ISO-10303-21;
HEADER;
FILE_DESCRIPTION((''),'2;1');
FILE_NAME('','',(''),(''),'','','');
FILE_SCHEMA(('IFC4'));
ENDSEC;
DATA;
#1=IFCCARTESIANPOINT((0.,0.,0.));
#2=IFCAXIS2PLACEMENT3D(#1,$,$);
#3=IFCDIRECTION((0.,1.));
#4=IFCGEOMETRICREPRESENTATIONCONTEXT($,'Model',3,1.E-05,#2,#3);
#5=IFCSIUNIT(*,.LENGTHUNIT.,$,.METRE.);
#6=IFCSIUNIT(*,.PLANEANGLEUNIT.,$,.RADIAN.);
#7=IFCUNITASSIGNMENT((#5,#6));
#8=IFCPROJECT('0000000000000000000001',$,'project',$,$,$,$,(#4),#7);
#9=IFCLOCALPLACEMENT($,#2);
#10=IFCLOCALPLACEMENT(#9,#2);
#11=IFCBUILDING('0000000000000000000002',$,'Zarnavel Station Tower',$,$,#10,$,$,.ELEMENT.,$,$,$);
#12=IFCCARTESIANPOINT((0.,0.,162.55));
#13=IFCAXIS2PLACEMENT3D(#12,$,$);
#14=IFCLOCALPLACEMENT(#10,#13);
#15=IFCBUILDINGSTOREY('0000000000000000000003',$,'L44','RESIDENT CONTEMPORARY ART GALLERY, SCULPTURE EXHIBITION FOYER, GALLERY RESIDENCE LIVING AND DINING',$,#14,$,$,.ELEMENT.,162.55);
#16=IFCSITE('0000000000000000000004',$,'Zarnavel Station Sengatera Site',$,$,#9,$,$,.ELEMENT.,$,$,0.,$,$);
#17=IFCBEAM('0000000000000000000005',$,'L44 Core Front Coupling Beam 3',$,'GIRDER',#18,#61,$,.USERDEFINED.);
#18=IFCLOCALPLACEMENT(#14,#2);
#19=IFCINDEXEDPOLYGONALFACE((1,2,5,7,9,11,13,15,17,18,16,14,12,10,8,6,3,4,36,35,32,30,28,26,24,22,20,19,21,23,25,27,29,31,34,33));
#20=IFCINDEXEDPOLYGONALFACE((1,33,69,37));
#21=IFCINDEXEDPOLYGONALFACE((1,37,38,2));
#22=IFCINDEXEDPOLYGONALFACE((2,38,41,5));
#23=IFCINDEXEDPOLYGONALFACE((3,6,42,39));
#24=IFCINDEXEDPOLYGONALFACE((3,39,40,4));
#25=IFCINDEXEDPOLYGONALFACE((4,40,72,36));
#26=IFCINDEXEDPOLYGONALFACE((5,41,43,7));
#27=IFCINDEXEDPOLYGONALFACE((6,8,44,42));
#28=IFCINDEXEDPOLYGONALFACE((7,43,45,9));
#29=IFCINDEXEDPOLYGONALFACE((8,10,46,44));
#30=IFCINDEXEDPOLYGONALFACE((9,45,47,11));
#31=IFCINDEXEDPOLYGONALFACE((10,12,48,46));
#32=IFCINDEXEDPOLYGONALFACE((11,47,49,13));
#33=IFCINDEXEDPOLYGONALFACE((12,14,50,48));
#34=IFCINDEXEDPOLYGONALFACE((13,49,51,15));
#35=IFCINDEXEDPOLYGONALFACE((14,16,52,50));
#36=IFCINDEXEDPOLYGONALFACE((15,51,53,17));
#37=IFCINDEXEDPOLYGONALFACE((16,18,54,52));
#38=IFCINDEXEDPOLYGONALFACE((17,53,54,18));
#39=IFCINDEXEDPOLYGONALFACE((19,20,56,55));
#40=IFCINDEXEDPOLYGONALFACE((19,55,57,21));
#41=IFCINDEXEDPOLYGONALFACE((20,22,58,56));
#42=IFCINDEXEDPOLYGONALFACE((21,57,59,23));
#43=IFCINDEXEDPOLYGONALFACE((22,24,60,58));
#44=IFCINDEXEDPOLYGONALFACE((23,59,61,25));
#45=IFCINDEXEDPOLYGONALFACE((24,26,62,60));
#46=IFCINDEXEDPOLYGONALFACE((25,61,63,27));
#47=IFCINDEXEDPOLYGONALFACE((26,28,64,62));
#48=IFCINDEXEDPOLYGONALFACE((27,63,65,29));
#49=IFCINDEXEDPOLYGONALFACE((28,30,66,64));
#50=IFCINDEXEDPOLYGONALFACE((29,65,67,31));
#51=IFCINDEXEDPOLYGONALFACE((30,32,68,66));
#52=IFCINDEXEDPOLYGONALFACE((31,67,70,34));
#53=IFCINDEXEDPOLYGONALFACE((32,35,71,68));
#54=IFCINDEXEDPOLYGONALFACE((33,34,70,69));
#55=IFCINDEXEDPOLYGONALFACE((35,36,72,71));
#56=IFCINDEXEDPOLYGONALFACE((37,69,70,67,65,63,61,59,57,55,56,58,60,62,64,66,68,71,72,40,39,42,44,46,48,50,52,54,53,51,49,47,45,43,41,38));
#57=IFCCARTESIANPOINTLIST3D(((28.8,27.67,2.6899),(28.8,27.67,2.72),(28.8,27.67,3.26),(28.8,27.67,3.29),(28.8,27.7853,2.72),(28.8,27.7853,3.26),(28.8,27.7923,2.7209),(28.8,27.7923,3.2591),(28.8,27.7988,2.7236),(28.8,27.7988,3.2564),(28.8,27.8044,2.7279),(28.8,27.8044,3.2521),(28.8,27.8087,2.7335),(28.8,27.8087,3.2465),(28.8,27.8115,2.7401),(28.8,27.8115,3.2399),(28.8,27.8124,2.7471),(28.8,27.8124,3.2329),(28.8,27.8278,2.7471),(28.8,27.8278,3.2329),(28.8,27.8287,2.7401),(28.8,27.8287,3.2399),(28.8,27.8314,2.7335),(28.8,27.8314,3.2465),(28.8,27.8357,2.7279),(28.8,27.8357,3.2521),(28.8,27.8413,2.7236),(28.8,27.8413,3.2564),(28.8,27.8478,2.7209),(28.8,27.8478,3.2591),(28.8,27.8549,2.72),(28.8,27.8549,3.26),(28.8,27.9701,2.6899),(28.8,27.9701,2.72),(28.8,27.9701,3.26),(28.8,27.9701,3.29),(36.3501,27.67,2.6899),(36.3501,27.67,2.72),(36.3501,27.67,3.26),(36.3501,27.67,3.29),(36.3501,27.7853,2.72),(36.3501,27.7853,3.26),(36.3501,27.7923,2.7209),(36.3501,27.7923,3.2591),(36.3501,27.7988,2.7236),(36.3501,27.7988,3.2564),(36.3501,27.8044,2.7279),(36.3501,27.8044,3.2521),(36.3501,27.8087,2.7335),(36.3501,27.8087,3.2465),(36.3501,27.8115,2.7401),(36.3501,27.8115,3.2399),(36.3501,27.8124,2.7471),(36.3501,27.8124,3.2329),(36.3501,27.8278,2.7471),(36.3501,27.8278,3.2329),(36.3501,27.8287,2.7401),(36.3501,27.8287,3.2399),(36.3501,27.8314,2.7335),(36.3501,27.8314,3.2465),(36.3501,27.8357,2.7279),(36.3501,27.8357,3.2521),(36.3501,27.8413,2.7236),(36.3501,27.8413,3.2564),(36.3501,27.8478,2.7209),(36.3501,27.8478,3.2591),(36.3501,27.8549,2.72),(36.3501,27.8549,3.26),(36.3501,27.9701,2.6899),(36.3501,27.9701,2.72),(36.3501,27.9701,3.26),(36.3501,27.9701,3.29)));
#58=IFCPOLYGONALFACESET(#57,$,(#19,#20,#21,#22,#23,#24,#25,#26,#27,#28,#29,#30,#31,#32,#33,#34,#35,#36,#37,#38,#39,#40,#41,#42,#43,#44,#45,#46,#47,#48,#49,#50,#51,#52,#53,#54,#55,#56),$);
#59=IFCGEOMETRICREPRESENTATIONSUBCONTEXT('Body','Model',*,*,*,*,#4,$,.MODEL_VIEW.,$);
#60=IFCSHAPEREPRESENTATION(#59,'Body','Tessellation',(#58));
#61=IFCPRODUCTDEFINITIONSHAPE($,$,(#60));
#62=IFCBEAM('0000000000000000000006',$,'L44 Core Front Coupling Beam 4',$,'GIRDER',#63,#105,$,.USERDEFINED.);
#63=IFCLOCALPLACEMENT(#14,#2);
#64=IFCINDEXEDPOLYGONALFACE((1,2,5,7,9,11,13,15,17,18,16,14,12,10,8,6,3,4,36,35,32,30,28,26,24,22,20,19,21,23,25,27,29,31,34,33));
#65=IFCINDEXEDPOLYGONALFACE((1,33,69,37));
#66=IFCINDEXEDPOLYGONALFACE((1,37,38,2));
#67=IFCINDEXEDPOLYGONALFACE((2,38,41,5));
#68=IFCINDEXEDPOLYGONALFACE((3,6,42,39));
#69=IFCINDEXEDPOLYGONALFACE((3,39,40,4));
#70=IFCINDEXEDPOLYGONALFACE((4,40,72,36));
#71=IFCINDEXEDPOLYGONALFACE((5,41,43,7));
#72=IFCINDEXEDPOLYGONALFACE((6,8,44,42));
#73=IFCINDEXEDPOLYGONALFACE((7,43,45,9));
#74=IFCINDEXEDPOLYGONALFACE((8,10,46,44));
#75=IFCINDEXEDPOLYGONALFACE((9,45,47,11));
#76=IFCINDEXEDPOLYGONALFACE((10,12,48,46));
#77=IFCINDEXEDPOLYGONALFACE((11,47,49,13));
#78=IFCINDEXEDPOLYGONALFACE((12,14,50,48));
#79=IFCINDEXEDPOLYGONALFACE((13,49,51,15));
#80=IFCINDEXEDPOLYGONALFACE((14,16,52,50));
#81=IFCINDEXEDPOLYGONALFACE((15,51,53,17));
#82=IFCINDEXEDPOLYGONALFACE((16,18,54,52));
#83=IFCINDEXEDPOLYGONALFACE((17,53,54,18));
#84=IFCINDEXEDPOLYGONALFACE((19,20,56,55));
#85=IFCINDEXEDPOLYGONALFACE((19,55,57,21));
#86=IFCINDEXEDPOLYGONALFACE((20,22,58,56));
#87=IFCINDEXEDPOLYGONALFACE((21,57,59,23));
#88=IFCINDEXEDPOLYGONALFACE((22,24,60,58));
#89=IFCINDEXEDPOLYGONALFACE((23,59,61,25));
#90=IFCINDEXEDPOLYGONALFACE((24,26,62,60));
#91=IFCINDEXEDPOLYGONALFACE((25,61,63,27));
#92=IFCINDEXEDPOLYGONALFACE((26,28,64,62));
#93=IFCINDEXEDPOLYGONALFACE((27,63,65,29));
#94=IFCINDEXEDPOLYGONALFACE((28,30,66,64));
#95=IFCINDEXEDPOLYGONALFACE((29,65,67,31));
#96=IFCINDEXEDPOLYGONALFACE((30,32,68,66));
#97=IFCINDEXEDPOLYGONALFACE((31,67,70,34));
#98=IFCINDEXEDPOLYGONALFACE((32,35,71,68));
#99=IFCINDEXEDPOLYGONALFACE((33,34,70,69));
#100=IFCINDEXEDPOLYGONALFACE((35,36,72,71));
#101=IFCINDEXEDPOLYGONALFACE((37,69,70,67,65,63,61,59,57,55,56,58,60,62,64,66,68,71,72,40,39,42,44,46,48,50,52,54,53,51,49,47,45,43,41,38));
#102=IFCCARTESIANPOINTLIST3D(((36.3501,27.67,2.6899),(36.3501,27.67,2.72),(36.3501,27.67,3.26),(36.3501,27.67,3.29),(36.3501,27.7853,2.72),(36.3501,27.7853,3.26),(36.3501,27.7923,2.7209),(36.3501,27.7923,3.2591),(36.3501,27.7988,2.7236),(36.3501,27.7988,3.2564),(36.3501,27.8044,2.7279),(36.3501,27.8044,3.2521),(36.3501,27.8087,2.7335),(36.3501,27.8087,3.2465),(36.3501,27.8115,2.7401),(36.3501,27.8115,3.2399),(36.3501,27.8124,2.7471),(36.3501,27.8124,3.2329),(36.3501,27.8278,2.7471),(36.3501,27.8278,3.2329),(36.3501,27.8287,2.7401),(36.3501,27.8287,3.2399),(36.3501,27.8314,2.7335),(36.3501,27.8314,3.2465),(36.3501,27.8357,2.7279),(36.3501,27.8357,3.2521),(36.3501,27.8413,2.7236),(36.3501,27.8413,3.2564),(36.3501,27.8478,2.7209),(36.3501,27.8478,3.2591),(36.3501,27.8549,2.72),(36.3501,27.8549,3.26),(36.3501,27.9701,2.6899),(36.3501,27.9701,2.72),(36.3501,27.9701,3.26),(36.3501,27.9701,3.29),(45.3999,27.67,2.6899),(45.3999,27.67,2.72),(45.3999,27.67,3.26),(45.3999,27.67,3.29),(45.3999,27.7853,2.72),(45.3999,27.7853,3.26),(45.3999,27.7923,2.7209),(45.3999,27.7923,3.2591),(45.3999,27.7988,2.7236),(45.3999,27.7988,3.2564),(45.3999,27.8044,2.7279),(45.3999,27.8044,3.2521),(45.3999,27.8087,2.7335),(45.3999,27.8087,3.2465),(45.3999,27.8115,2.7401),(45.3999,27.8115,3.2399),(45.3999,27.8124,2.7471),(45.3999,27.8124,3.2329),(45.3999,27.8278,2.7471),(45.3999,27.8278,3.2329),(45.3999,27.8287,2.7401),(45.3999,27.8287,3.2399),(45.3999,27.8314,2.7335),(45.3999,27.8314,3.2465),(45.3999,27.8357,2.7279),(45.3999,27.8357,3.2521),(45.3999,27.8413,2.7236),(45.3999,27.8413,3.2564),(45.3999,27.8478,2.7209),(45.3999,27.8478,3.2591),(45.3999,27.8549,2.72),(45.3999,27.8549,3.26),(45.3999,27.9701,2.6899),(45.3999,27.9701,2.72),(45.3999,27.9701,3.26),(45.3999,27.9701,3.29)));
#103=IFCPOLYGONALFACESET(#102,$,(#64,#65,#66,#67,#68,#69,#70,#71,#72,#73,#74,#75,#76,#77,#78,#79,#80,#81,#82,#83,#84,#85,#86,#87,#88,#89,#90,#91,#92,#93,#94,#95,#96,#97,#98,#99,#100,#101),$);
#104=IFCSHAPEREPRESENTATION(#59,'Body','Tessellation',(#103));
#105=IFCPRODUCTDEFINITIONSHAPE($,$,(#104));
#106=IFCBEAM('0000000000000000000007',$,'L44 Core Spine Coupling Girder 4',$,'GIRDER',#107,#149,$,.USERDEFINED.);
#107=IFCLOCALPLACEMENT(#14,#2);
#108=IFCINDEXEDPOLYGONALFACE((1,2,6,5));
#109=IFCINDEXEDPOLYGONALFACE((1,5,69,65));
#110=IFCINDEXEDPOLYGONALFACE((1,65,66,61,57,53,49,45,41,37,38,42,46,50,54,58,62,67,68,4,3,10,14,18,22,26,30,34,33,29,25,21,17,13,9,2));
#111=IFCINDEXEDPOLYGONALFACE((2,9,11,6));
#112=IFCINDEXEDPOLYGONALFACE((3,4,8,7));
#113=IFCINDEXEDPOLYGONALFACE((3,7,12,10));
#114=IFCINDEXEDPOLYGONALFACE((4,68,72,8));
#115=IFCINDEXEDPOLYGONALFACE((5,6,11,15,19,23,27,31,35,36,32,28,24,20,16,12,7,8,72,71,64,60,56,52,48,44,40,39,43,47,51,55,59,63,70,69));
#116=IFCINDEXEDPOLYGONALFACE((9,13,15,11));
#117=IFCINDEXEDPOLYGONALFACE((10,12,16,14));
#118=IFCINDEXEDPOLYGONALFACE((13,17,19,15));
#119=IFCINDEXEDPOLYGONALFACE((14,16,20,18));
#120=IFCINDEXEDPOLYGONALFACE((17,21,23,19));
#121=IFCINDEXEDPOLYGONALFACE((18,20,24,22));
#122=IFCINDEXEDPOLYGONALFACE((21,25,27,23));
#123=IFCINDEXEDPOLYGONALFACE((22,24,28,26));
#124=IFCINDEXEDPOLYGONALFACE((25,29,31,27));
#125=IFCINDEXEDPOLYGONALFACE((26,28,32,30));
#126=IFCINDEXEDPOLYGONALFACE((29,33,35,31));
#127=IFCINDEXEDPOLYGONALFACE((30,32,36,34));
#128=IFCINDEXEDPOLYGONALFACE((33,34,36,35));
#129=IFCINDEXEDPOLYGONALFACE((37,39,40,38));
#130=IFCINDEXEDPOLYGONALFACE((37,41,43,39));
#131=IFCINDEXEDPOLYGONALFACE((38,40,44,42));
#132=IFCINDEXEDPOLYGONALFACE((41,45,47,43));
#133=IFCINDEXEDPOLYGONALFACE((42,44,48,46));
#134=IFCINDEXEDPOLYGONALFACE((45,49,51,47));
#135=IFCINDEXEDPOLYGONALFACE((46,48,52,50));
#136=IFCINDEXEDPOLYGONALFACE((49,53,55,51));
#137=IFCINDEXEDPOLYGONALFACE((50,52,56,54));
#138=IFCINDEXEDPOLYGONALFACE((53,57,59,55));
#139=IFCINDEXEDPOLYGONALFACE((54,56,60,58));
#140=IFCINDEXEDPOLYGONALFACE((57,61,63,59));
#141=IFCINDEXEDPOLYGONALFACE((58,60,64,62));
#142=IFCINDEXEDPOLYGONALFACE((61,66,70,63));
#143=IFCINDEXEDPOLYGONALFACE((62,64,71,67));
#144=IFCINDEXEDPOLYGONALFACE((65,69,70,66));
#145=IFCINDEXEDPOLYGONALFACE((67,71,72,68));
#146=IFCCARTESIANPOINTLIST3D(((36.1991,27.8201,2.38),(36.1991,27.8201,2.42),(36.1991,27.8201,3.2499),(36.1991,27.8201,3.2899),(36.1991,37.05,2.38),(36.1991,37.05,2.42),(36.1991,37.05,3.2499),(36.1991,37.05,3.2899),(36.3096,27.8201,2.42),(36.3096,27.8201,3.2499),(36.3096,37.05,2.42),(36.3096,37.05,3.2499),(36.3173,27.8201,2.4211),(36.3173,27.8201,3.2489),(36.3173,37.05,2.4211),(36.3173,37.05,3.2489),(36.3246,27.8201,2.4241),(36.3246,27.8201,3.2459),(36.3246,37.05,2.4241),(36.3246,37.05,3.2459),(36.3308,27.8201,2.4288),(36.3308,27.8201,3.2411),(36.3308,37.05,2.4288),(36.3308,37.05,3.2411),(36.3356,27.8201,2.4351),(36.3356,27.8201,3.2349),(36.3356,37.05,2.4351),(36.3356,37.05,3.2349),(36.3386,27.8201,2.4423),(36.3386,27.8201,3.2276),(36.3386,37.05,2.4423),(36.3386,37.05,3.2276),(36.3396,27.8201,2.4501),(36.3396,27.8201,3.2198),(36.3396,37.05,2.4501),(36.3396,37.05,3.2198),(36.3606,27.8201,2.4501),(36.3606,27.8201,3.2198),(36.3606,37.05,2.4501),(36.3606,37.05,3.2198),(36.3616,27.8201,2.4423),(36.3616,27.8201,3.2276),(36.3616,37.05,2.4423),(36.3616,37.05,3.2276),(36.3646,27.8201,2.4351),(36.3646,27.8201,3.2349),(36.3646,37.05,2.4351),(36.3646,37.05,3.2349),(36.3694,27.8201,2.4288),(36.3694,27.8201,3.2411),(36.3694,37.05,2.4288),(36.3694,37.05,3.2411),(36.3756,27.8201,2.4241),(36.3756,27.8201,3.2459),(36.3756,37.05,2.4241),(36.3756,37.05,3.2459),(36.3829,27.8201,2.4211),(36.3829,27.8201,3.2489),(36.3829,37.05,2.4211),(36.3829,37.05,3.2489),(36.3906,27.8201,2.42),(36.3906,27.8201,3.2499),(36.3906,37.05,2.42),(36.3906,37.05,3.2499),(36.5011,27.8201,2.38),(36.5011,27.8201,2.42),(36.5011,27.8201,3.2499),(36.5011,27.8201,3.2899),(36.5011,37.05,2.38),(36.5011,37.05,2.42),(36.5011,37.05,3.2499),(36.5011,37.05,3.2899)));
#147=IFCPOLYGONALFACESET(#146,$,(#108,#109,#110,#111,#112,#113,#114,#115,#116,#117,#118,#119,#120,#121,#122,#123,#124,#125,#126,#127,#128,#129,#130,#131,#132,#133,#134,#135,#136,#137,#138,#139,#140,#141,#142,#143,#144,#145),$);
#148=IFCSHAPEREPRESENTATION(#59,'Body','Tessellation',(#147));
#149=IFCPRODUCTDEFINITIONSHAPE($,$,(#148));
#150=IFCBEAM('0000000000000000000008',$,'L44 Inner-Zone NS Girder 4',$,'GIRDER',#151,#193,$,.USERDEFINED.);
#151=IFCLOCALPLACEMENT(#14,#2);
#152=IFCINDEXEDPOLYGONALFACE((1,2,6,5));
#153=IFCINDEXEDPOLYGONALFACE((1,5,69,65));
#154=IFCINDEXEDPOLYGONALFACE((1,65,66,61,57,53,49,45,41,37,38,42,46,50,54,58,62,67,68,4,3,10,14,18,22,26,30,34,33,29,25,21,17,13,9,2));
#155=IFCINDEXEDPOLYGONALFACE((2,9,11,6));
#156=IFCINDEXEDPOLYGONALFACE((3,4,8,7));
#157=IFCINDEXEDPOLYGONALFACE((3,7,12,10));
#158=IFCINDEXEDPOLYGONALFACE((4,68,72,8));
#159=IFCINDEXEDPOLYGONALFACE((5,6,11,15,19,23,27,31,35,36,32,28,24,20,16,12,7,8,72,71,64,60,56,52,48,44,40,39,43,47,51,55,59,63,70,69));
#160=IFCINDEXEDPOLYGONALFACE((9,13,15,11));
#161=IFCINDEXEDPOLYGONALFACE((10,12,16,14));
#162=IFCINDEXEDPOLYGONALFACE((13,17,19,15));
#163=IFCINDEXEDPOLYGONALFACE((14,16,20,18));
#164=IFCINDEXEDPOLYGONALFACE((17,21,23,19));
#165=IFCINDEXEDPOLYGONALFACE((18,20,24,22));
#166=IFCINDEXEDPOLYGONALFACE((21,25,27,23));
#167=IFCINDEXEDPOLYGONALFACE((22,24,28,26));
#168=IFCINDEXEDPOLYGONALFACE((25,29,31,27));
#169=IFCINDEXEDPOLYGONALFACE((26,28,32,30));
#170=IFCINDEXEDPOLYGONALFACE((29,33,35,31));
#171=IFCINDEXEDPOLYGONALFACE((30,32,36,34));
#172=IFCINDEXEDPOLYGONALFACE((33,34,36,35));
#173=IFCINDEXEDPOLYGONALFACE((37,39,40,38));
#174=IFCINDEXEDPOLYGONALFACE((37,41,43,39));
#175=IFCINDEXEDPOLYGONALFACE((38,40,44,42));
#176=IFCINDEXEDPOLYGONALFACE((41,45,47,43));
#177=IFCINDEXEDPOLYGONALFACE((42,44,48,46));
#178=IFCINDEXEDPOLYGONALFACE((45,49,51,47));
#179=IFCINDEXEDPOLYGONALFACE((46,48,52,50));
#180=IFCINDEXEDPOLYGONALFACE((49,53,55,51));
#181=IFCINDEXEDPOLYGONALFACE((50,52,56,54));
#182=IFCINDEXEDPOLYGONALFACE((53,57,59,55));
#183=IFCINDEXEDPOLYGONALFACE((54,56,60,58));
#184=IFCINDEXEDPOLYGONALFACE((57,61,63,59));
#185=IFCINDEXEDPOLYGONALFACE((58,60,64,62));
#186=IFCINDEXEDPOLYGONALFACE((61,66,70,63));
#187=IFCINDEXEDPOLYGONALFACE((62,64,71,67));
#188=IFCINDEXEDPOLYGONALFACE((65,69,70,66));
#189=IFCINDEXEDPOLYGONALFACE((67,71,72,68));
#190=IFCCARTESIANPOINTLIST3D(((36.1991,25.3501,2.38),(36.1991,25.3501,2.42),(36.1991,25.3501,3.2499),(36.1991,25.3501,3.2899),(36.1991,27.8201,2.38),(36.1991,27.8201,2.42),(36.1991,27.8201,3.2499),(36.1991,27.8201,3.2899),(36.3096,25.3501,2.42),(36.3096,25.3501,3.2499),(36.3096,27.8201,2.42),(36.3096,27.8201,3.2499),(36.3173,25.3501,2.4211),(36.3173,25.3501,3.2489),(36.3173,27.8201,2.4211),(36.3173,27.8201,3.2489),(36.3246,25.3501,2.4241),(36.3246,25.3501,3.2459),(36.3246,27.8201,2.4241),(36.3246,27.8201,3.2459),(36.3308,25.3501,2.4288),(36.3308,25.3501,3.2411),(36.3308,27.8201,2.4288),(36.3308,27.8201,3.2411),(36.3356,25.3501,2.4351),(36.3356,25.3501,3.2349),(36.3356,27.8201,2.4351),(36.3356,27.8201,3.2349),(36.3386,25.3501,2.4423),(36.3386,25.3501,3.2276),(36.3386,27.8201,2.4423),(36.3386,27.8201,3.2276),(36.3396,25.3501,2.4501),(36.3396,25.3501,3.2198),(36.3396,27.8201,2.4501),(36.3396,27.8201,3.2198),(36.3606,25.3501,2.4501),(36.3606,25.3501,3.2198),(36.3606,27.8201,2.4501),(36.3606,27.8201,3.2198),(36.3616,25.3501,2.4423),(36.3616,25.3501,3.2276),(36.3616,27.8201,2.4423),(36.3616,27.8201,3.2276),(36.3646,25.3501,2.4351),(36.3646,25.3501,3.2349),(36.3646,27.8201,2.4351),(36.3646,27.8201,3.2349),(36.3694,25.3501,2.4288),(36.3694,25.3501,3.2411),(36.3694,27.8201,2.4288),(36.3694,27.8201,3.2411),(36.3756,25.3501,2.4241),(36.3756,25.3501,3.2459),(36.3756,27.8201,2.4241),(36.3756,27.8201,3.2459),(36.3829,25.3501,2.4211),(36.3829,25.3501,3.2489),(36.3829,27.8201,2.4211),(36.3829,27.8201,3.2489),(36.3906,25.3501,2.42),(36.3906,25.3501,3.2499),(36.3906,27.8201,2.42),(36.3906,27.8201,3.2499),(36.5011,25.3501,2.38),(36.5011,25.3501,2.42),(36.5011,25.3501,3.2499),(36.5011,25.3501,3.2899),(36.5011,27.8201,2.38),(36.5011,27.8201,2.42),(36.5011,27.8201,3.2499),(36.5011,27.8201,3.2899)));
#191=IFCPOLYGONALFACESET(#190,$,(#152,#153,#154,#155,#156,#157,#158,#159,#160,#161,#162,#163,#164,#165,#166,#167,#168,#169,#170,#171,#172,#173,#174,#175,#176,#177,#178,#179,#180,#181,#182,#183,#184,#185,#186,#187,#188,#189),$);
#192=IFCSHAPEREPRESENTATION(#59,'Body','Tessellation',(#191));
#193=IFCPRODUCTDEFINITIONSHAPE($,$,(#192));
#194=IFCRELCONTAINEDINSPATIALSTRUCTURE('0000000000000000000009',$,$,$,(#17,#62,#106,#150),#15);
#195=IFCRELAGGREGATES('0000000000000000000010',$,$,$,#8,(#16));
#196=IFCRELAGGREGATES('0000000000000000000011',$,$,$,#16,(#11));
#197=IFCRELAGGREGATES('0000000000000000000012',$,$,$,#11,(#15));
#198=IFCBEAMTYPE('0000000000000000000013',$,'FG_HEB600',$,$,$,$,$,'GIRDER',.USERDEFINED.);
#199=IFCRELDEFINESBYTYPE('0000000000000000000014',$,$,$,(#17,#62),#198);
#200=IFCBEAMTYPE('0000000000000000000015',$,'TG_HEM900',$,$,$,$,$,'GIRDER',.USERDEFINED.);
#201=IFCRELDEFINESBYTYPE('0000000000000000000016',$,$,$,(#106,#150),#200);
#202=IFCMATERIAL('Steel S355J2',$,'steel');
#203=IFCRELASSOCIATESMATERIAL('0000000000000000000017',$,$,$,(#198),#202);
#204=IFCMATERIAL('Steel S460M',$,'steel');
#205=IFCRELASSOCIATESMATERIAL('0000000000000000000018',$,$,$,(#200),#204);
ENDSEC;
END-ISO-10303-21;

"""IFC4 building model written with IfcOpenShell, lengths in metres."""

from ifc_helpers import new_model, si_unit, direction, frame, origin, origin_2d, place, context, subcontext, project, spatial, i_section, extrude, material, material_profile, profile_set, type_object, element, save


model = new_model("IFC4")

# Units and contexts
model_context = context("Model", 3, precision=1e-05, world=origin(), true_north=direction((0.0, 1.0)))
body_context = subcontext(model_context, "Body", "Model", "MODEL_VIEW")
ifc_project = project(units=[si_unit("LENGTHUNIT", "METRE"), si_unit("PLANEANGLEUNIT", "RADIAN")], contexts=[model_context])

# Site, building, storey
site_placement = place(None, origin())
site = spatial("IfcSite", under=ifc_project, at=site_placement, Name="Zarnavel Station Sengatera Site", CompositionType="ELEMENT", RefElevation=0.0)
building_placement = place(site_placement, origin())
building = spatial("IfcBuilding", under=site, at=building_placement, Name="Zarnavel Station Tower", CompositionType="ELEMENT")
storey_placement = place(building_placement, frame((0.0, 0.0, 162.55)))
storey = spatial("IfcBuildingStorey", under=building, at=storey_placement, Name="L44", Description="RESIDENT CONTEMPORARY ART GALLERY, SCULPTURE EXHIBITION FOYER, GALLERY RESIDENCE LIVING AND DINING", CompositionType="ELEMENT", Elevation=162.55)

# Beams
ifc_material_1 = material(Name="Steel S355J2", Category="steel")
ifc_material_profile_1 = material_profile(ifc_material_1, i_section(OverallWidth=0.3, OverallDepth=0.6001, WebThickness=0.0154, FlangeThickness=0.03, FilletRadius=0.0271, at=origin_2d()), Name="HEB600")
ifc_profile_set_1 = profile_set([ifc_material_profile_1], Name="Steel S355J2")
beam_type_1 = type_object("IfcBeamType", Name="FG_HEB600", ElementType="GIRDER", PredefinedType="USERDEFINED", material=ifc_profile_set_1)
beam_1_placement = place(storey_placement, frame((28.8, 27.8201, 2.99), z_axis=(1.0, 0.0, 0.0), x_axis=(0.0, 1.0, 0.0)))
element("IfcBeam", 1, at=beam_1_placement, inside=storey, type_object=beam_type_1, Name="L44 Core Front Coupling Beam 3", ObjectType="GIRDER", PredefinedType="USERDEFINED", context=body_context, shape_type="SweptSolid", body=[
    extrude(i_section(OverallWidth=0.3, OverallDepth=0.6001, WebThickness=0.0154, FlangeThickness=0.03, FilletRadius=0.0271, at=origin_2d()), origin(), (0.0, 0.0, 1.0), 7.55),
])
beam_2_placement = place(storey_placement, frame((36.3501, 27.8201, 2.99), z_axis=(1.0, 0.0, 0.0), x_axis=(0.0, 1.0, 0.0)))
element("IfcBeam", 2, at=beam_2_placement, inside=storey, type_object=beam_type_1, Name="L44 Core Front Coupling Beam 4", ObjectType="GIRDER", PredefinedType="USERDEFINED", context=body_context, shape_type="SweptSolid", body=[
    extrude(i_section(OverallWidth=0.3, OverallDepth=0.6001, WebThickness=0.0154, FlangeThickness=0.03, FilletRadius=0.0271, at=origin_2d()), origin(), (0.0, 0.0, 1.0), 9.0498),
])
ifc_material_2 = material(Name="Steel S460M", Category="steel")
ifc_material_profile_2 = material_profile(ifc_material_2, i_section(OverallWidth=0.302, OverallDepth=0.9099, WebThickness=0.021, FlangeThickness=0.04, FilletRadius=0.03, at=origin_2d()), Name="HEM900")
ifc_profile_set_2 = profile_set([ifc_material_profile_2], Name="Steel S460M")
beam_type_2 = type_object("IfcBeamType", Name="TG_HEM900", ElementType="GIRDER", PredefinedType="USERDEFINED", material=ifc_profile_set_2)
beam_3_placement = place(storey_placement, frame((36.3501, 27.8201, 2.835), z_axis=(0.0, 1.0, 0.0), x_axis=(-1.0, 0.0, 0.0)))
element("IfcBeam", 3, at=beam_3_placement, inside=storey, type_object=beam_type_2, Name="L44 Core Spine Coupling Girder 4", ObjectType="GIRDER", PredefinedType="USERDEFINED", context=body_context, shape_type="SweptSolid", body=[
    extrude(i_section(OverallWidth=0.302, OverallDepth=0.9099, WebThickness=0.021, FlangeThickness=0.04, FilletRadius=0.03, at=origin_2d()), origin(), (0.0, 0.0, 1.0), 9.23),
])
beam_4_placement = place(storey_placement, frame((36.3501, 25.3501, 2.835), z_axis=(0.0, 1.0, 0.0), x_axis=(-1.0, 0.0, 0.0)))
element("IfcBeam", 4, at=beam_4_placement, inside=storey, type_object=beam_type_2, Name="L44 Inner-Zone NS Girder 4", ObjectType="GIRDER", PredefinedType="USERDEFINED", context=body_context, shape_type="SweptSolid", body=[
    extrude(i_section(OverallWidth=0.302, OverallDepth=0.9099, WebThickness=0.021, FlangeThickness=0.04, FilletRadius=0.03, at=origin_2d()), origin(), (0.0, 0.0, 1.0), 2.47),
])

save(model, "model.ifc")
